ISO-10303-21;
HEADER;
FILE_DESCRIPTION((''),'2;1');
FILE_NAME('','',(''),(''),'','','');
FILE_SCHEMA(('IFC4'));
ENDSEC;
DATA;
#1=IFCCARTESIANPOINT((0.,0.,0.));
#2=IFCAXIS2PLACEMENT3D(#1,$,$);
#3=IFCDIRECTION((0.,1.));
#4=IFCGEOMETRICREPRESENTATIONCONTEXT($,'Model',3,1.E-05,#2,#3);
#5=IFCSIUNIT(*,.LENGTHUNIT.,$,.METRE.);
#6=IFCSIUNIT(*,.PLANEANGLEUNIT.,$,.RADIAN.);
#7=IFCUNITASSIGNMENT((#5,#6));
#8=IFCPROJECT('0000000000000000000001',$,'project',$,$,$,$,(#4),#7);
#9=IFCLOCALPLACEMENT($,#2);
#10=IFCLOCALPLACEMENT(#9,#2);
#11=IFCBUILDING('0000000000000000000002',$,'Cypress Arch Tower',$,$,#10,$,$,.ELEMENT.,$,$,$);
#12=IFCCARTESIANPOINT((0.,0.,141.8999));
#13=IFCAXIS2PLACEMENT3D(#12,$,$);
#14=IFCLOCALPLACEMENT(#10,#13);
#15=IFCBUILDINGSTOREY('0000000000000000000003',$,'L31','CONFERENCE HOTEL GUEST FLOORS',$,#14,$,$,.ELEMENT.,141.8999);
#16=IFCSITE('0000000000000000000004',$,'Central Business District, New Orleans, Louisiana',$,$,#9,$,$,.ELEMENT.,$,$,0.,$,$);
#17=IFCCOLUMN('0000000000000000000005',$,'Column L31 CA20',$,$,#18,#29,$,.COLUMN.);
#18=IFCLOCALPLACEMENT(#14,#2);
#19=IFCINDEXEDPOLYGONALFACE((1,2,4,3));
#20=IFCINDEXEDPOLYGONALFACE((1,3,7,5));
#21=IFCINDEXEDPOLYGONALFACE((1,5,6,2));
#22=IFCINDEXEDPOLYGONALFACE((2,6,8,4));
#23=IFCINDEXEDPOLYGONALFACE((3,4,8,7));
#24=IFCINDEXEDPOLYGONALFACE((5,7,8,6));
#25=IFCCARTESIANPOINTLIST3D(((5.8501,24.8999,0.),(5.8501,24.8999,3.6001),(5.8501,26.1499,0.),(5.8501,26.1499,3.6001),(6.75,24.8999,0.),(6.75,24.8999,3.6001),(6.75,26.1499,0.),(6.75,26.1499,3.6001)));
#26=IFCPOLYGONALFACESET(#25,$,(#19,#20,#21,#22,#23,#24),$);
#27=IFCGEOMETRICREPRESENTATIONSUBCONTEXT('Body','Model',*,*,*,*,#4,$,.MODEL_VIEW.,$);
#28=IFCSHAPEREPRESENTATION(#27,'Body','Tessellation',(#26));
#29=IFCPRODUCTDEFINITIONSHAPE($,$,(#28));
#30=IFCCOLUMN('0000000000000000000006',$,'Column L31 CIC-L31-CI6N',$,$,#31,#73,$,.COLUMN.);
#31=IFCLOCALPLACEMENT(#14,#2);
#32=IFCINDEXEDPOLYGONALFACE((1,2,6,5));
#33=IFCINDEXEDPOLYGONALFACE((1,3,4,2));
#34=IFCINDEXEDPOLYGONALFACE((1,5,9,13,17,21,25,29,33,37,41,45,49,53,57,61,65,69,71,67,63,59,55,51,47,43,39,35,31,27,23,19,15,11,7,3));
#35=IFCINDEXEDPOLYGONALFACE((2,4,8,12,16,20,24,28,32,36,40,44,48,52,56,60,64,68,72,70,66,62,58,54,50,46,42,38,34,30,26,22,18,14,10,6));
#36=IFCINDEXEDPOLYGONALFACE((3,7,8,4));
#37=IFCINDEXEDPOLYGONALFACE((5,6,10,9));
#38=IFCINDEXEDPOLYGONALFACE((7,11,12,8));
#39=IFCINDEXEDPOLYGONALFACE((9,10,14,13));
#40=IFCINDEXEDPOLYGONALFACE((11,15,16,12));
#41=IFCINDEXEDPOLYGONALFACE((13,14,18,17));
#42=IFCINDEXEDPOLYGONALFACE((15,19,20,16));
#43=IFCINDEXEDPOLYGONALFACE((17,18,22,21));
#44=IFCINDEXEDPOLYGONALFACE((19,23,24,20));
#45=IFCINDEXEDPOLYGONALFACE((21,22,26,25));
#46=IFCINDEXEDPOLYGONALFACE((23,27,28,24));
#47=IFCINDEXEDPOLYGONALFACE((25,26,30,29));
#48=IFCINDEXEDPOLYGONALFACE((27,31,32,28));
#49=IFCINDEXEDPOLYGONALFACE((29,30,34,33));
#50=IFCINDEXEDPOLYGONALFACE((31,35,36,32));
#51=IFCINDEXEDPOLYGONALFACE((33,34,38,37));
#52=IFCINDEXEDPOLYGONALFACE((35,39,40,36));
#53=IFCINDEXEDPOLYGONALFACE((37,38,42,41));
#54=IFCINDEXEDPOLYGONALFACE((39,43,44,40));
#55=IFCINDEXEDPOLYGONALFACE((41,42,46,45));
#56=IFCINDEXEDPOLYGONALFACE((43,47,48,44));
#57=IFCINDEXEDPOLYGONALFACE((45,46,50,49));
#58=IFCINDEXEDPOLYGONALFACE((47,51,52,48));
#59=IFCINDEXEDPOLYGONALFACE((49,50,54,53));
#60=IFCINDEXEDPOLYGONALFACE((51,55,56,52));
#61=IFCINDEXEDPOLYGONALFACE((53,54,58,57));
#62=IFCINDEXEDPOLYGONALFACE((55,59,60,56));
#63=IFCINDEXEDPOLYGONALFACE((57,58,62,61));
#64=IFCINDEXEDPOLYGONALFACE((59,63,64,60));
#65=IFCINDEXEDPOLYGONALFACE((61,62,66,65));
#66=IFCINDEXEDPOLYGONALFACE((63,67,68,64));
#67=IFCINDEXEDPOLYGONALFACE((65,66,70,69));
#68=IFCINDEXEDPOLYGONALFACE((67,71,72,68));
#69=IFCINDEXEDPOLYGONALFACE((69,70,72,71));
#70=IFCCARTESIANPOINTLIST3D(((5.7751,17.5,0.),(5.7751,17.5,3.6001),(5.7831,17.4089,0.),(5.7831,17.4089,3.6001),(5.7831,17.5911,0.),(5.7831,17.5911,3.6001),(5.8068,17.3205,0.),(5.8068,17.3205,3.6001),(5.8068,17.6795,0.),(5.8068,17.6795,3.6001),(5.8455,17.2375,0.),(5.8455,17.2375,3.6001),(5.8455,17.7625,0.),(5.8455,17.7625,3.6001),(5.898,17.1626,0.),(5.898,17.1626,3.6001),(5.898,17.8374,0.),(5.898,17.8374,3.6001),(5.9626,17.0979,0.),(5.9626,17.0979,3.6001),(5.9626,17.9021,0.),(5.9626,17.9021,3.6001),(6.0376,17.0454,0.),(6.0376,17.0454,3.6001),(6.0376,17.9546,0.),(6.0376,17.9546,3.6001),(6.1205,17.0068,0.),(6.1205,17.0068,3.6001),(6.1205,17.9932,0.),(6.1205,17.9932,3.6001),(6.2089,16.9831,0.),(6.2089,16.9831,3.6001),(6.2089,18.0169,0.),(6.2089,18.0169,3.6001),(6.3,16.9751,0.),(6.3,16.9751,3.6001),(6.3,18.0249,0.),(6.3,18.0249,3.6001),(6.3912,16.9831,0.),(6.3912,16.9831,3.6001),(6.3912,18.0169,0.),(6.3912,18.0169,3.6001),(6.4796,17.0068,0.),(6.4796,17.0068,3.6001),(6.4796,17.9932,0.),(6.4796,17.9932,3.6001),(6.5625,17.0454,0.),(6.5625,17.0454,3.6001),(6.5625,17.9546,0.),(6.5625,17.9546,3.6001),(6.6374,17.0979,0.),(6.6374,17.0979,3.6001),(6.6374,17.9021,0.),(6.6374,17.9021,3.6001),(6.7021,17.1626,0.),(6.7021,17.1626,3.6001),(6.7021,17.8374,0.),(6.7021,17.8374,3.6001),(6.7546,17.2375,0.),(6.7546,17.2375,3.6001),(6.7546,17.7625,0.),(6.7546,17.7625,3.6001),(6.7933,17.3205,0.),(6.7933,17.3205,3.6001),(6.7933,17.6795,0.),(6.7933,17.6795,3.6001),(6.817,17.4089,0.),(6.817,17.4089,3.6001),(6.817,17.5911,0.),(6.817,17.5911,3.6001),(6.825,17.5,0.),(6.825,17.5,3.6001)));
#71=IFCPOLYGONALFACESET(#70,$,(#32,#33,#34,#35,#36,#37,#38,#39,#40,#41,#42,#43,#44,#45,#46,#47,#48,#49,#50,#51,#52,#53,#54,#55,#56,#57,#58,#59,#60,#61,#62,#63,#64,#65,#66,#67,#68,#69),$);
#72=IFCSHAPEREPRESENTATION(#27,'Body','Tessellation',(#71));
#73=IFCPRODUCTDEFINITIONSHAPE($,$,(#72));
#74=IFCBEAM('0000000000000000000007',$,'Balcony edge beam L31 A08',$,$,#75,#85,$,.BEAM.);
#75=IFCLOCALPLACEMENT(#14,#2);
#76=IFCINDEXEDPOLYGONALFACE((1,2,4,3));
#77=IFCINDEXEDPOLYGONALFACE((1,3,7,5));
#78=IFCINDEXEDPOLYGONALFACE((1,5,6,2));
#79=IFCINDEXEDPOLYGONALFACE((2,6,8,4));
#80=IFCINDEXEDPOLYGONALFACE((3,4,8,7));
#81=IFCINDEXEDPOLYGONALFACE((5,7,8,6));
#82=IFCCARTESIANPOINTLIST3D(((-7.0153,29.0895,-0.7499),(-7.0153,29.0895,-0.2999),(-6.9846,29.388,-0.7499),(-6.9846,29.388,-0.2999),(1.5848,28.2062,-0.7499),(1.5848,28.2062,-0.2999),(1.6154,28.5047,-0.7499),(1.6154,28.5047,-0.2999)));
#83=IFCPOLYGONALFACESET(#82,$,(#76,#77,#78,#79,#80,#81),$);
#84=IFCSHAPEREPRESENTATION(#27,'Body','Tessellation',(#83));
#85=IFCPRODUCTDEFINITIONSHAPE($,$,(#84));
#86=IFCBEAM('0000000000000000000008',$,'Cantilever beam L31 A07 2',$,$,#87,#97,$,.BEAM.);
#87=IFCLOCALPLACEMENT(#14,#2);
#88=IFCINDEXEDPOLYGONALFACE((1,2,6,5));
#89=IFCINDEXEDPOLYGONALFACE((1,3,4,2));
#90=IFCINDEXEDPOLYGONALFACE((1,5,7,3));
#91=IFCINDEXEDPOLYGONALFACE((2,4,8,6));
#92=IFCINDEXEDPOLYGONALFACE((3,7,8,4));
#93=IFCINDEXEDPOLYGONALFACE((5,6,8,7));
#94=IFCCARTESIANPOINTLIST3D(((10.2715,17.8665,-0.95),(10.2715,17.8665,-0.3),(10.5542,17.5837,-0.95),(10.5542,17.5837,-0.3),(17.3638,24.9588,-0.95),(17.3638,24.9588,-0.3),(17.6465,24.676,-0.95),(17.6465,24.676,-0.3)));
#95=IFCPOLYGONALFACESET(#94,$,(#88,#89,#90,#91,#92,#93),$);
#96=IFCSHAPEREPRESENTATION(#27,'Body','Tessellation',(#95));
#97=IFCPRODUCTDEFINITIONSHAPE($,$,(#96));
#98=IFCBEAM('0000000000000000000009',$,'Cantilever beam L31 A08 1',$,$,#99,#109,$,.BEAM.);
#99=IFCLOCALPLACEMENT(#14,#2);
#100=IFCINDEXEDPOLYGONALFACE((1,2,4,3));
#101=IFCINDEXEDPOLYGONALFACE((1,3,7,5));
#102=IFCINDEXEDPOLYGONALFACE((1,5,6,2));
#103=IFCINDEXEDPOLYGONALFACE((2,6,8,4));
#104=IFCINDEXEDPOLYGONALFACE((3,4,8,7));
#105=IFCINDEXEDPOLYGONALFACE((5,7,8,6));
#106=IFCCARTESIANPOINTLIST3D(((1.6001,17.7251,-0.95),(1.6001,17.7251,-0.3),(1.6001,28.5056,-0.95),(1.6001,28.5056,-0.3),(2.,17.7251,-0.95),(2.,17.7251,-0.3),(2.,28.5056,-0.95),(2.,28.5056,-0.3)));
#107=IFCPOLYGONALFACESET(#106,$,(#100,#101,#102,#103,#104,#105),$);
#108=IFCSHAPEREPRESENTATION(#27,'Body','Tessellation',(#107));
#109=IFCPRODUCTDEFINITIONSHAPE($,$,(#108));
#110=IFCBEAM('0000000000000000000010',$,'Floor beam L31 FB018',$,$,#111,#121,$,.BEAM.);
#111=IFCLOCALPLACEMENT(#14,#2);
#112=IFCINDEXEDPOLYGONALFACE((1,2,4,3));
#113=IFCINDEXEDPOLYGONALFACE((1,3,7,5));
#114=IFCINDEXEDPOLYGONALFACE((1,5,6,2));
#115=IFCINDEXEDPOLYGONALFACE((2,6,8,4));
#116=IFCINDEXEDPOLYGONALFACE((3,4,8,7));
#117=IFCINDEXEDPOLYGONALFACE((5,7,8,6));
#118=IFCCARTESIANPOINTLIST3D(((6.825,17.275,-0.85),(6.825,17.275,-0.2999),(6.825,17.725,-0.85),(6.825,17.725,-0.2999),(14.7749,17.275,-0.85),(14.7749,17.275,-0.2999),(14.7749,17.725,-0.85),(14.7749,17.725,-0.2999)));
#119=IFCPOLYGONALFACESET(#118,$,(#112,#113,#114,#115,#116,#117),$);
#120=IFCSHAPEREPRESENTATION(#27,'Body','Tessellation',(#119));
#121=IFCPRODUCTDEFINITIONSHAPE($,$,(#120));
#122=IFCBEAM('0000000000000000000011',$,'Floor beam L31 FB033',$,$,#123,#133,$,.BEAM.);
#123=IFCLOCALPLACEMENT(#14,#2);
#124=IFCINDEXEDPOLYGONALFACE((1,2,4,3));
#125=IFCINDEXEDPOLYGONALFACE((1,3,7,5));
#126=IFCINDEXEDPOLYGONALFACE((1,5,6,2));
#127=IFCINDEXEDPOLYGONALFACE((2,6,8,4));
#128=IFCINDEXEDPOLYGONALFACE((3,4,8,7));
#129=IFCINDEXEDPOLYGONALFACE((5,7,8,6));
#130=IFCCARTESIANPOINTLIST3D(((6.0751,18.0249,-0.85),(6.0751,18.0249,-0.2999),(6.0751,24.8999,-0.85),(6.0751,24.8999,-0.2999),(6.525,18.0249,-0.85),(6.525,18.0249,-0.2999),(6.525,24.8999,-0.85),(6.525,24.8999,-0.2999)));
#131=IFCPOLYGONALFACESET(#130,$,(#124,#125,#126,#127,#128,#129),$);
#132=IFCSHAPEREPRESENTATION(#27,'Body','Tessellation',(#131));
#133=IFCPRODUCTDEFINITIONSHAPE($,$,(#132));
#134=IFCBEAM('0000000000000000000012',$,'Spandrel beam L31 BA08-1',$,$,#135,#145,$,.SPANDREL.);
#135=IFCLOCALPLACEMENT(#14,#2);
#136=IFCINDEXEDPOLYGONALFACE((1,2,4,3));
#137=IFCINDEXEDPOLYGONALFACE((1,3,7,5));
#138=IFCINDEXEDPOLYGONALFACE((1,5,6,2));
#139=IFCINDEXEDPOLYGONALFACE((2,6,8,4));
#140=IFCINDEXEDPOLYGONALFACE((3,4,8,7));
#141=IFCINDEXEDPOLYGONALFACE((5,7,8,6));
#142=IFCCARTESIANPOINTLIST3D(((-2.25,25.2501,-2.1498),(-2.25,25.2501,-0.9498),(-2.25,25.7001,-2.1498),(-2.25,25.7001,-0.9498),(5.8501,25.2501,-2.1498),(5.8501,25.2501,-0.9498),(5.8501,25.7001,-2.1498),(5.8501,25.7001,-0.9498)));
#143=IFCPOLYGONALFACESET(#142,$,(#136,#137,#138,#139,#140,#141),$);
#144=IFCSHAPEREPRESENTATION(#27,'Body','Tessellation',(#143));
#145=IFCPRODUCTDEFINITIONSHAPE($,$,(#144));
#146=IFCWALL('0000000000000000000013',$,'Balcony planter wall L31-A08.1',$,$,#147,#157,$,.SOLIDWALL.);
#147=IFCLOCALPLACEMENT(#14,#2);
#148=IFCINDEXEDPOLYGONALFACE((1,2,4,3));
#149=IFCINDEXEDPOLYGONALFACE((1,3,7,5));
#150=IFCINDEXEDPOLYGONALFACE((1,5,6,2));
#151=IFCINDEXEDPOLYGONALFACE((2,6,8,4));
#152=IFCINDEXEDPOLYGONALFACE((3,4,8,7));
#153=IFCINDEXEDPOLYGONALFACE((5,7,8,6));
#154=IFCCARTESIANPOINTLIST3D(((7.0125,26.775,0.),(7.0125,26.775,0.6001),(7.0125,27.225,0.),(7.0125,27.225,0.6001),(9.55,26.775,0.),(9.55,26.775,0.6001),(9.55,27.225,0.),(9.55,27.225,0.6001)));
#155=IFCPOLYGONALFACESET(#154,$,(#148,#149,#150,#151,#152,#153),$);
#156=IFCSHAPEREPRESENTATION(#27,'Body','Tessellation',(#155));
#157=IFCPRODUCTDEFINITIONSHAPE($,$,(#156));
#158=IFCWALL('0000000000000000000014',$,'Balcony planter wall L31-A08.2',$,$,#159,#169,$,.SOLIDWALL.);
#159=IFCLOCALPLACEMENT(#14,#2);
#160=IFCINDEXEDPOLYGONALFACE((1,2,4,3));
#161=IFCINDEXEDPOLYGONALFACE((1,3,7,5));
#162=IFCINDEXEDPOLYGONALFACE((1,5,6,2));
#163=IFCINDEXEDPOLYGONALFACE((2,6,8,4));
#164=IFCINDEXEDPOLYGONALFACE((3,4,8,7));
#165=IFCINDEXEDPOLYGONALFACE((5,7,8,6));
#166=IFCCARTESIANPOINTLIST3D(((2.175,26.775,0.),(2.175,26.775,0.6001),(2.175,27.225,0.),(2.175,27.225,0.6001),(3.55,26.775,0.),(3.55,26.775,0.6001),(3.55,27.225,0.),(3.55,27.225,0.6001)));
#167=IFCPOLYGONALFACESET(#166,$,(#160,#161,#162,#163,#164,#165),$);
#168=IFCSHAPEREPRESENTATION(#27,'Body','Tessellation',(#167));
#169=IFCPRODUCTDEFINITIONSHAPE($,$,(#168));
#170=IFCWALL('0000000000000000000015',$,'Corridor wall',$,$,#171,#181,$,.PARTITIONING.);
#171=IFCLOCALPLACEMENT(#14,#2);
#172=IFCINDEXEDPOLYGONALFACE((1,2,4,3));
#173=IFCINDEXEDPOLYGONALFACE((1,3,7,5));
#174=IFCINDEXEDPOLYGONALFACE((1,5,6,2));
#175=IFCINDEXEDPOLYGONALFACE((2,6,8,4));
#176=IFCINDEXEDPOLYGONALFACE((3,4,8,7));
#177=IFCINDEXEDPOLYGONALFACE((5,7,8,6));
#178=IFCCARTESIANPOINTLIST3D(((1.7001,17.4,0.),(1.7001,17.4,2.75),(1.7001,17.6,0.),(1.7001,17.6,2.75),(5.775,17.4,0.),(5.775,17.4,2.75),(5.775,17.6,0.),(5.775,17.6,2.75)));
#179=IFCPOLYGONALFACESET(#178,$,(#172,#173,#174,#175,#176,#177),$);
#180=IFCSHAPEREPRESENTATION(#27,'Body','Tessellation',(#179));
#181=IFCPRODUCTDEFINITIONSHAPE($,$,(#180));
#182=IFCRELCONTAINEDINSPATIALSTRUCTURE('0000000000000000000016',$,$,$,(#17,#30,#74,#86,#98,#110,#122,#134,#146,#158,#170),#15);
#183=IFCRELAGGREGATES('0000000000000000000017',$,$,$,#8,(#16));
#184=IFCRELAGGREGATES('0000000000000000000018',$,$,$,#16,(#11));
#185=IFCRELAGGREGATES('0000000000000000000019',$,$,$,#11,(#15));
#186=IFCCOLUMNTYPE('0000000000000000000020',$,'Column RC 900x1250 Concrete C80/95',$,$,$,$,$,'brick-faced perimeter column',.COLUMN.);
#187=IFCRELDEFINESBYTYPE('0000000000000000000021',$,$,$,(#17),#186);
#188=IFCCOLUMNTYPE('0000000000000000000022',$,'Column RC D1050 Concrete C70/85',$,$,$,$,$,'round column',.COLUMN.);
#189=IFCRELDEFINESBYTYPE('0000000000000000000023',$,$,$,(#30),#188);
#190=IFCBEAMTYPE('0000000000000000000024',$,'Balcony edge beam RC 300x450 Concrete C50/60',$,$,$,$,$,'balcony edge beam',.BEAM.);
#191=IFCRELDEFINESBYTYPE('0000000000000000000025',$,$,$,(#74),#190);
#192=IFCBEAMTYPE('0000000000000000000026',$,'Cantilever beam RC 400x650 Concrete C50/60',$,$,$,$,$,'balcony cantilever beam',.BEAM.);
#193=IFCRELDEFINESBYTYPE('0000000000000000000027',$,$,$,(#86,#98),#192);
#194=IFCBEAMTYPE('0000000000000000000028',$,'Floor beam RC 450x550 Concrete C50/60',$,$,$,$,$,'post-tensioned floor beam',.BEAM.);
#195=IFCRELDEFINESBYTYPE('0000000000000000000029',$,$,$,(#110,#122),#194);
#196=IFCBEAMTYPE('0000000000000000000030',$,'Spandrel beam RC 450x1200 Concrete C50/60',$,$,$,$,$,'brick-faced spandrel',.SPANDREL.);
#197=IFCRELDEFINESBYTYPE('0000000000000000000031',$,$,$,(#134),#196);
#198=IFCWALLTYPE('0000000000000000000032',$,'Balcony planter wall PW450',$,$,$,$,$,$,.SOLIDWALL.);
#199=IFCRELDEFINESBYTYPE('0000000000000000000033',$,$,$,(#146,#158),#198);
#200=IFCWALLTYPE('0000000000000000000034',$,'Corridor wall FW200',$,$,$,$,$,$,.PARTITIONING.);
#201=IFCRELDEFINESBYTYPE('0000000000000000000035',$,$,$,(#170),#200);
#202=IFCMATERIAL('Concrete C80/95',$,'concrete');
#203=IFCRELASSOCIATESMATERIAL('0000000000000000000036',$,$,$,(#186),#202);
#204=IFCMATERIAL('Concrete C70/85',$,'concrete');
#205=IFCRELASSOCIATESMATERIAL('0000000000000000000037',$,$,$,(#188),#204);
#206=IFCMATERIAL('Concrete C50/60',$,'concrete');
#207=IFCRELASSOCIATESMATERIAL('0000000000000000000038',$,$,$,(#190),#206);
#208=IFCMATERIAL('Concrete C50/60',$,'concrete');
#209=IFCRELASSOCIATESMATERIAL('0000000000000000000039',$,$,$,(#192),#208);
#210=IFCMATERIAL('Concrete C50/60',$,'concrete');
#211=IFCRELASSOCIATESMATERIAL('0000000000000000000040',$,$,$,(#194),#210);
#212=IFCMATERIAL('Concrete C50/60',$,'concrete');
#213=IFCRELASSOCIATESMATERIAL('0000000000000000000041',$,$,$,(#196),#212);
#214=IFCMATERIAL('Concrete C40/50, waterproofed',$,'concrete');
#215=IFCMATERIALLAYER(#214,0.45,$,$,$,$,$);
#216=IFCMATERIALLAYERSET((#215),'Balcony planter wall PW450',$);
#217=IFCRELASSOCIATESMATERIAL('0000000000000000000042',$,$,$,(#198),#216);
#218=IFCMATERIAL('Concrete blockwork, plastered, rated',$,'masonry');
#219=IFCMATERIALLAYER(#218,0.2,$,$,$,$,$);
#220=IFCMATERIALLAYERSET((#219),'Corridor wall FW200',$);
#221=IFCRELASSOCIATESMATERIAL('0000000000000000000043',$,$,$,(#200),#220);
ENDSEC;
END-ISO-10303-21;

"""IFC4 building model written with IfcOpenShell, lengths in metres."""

from ifc_helpers import new_model, si_unit, direction, frame, frame_2d, origin, origin_2d, place, context, subcontext, project, spatial, rectangle, circle, extrude, material, layer, layer_set, material_profile, profile_set, type_object, element, save


model = new_model("IFC4")

# Units and contexts
model_context = context("Model", 3, precision=1e-05, world=origin(), true_north=direction((0.0, 1.0)))
body_context = subcontext(model_context, "Body", "Model", "MODEL_VIEW")
ifc_project = project(units=[si_unit("LENGTHUNIT", "METRE"), si_unit("PLANEANGLEUNIT", "RADIAN")], contexts=[model_context])

# Site, building, storey
site_placement = place(None, origin())
site = spatial("IfcSite", under=ifc_project, at=site_placement, Name="Central Business District, New Orleans, Louisiana", CompositionType="ELEMENT", RefElevation=0.0)
building_placement = place(site_placement, origin())
building = spatial("IfcBuilding", under=site, at=building_placement, Name="Cypress Arch Tower", CompositionType="ELEMENT")
storey_placement = place(building_placement, frame((0.0, 0.0, 141.8999)))
storey = spatial("IfcBuildingStorey", under=building, at=storey_placement, Name="L31", Description="CONFERENCE HOTEL GUEST FLOORS", CompositionType="ELEMENT", Elevation=141.8999)

# Columns
ifc_material_1 = material(Name="Concrete C80/95", Category="concrete")
ifc_material_profile_1 = material_profile(ifc_material_1, rectangle(XDim=0.8999, YDim=1.25, at=origin_2d()), Name="RC 900x1250")
ifc_profile_set_1 = profile_set([ifc_material_profile_1], Name="Concrete C80/95")
column_type_1 = type_object("IfcColumnType", Name="Column RC 900x1250 Concrete C80/95", ElementType="brick-faced perimeter column", PredefinedType="COLUMN", material=ifc_profile_set_1)
column_1_placement = place(storey_placement, frame((6.3, 25.5249, 0.0), z_axis=(0.0, 0.0, 1.0), x_axis=(-1.0, 0.0, 0.0)))
element("IfcColumn", 1, at=column_1_placement, inside=storey, type_object=column_type_1, Name="Column L31 CA20", PredefinedType="COLUMN", context=body_context, shape_type="SweptSolid", body=[
    extrude(rectangle(XDim=0.8999, YDim=1.25, at=origin_2d()), origin(), (0.0, 0.0, 1.0), 3.6001),
])
ifc_material_2 = material(Name="Concrete C70/85", Category="concrete")
ifc_material_profile_2 = material_profile(ifc_material_2, circle(Radius=0.5249, at=origin_2d()), Name="RC D1050")
ifc_profile_set_2 = profile_set([ifc_material_profile_2], Name="Concrete C70/85")
column_type_2 = type_object("IfcColumnType", Name="Column RC D1050 Concrete C70/85", ElementType="round column", PredefinedType="COLUMN", material=ifc_profile_set_2)
column_2_placement = place(storey_placement, frame((6.3, 17.5, 0.0), z_axis=(0.0, 0.0, 1.0), x_axis=(1.0, 0.0, 0.0)))
element("IfcColumn", 2, at=column_2_placement, inside=storey, type_object=column_type_2, Name="Column L31 CIC-L31-CI6N", PredefinedType="COLUMN", context=body_context, shape_type="SweptSolid", body=[
    extrude(circle(Radius=0.5249, at=origin_2d()), origin(), (0.0, 0.0, 1.0), 3.6001),
])

# Beams
ifc_material_3 = material(Name="Concrete C50/60", Category="concrete")
ifc_material_profile_3 = material_profile(ifc_material_3, rectangle(XDim=0.3, YDim=0.45, at=origin_2d()), Name="RC 300x450")
ifc_profile_set_3 = profile_set([ifc_material_profile_3], Name="Concrete C50/60")
beam_type_1 = type_object("IfcBeamType", Name="Balcony edge beam RC 300x450 Concrete C50/60", ElementType="balcony edge beam", PredefinedType="BEAM", material=ifc_profile_set_3)
beam_1_placement = place(storey_placement, frame((1.6001, 28.3555, -0.5249), z_axis=(-0.994767, 0.102171, 0.0), x_axis=(-0.102171, -0.994767, 0.0)))
element("IfcBeam", 3, at=beam_1_placement, inside=storey, type_object=beam_type_1, Name="Balcony edge beam L31 A08", PredefinedType="BEAM", context=body_context, shape_type="SweptSolid", body=[
    extrude(rectangle(XDim=0.3, YDim=0.45, at=origin_2d()), origin(), (0.0, 0.0, 1.0), 8.6453),
])
ifc_material_4 = material(Name="Concrete C50/60", Category="concrete")
ifc_material_profile_4 = material_profile(ifc_material_4, rectangle(XDim=0.3999, YDim=0.6499, at=origin_2d()), Name="RC 400x650")
ifc_profile_set_4 = profile_set([ifc_material_profile_4], Name="Concrete C50/60")
beam_type_2 = type_object("IfcBeamType", Name="Cantilever beam RC 400x650 Concrete C50/60", ElementType="balcony cantilever beam", PredefinedType="BEAM", material=ifc_profile_set_4)
beam_2_placement = place(storey_placement, frame((10.4128, 17.7251, -0.625), z_axis=(0.707107, 0.707107, 0.0), x_axis=(-0.707107, 0.707107, 0.0)))
element("IfcBeam", 4, at=beam_2_placement, inside=storey, type_object=beam_type_2, Name="Cantilever beam L31 A07 2", PredefinedType="BEAM", context=body_context, shape_type="SweptSolid", body=[
    extrude(rectangle(XDim=0.3999, YDim=0.6499, at=origin_2d()), origin(), (0.0, 0.0, 1.0), 10.03),
])
beam_3_placement = place(storey_placement, frame((1.8, 17.7251, -0.625), z_axis=(0.0, 1.0, 0.0), x_axis=(-1.0, 0.0, 0.0)))
element("IfcBeam", 5, at=beam_3_placement, inside=storey, type_object=beam_type_2, Name="Cantilever beam L31 A08 1", PredefinedType="BEAM", context=body_context, shape_type="SweptSolid", body=[
    extrude(rectangle(XDim=0.3999, YDim=0.6499, at=origin_2d()), origin(), (0.0, 0.0, 1.0), 10.7805),
])
ifc_material_5 = material(Name="Concrete C50/60", Category="concrete")
ifc_material_profile_5 = material_profile(ifc_material_5, rectangle(XDim=0.45, YDim=0.55, at=origin_2d()), Name="RC 450x550")
ifc_profile_set_5 = profile_set([ifc_material_profile_5], Name="Concrete C50/60")
beam_type_3 = type_object("IfcBeamType", Name="Floor beam RC 450x550 Concrete C50/60", ElementType="post-tensioned floor beam", PredefinedType="BEAM", material=ifc_profile_set_5)
beam_4_placement = place(storey_placement, frame((6.825, 17.5, -0.575), z_axis=(1.0, 0.0, 0.0), x_axis=(0.0, 1.0, 0.0)))
element("IfcBeam", 6, at=beam_4_placement, inside=storey, type_object=beam_type_3, Name="Floor beam L31 FB018", PredefinedType="BEAM", context=body_context, shape_type="SweptSolid", body=[
    extrude(rectangle(XDim=0.45, YDim=0.55, at=origin_2d()), origin(), (0.0, 0.0, 1.0), 7.95),
])
beam_5_placement = place(storey_placement, frame((6.3, 18.0249, -0.575), z_axis=(0.0, 1.0, 0.0), x_axis=(-1.0, 0.0, 0.0)))
element("IfcBeam", 7, at=beam_5_placement, inside=storey, type_object=beam_type_3, Name="Floor beam L31 FB033", PredefinedType="BEAM", context=body_context, shape_type="SweptSolid", body=[
    extrude(rectangle(XDim=0.45, YDim=0.55, at=origin_2d()), origin(), (0.0, 0.0, 1.0), 6.875),
])
ifc_material_6 = material(Name="Concrete C50/60", Category="concrete")
ifc_material_profile_6 = material_profile(ifc_material_6, rectangle(XDim=0.45, YDim=1.2, at=origin_2d()), Name="RC 450x1200")
ifc_profile_set_6 = profile_set([ifc_material_profile_6], Name="Concrete C50/60")
beam_type_4 = type_object("IfcBeamType", Name="Spandrel beam RC 450x1200 Concrete C50/60", ElementType="brick-faced spandrel", PredefinedType="SPANDREL", material=ifc_profile_set_6)
beam_6_placement = place(storey_placement, frame((5.8501, 25.4751, -1.5498), z_axis=(-1.0, 0.0, 0.0), x_axis=(0.0, -1.0, 0.0)))
element("IfcBeam", 8, at=beam_6_placement, inside=storey, type_object=beam_type_4, Name="Spandrel beam L31 BA08-1", PredefinedType="SPANDREL", context=body_context, shape_type="SweptSolid", body=[
    extrude(rectangle(XDim=0.45, YDim=1.2, at=origin_2d()), origin(), (0.0, 0.0, 1.0), 8.1001),
])

# Walls
ifc_material_7 = material(Name="Concrete C40/50, waterproofed", Category="concrete")
ifc_layer_1 = layer(ifc_material_7, 0.45)
ifc_layer_set_1 = layer_set([ifc_layer_1], Name="Balcony planter wall PW450")
wall_type_1 = type_object("IfcWallType", Name="Balcony planter wall PW450", PredefinedType="SOLIDWALL", material=ifc_layer_set_1)
wall_1_placement = place(storey_placement, frame((9.55, 27.0, 0.0), z_axis=(0.0, 0.0, 1.0), x_axis=(-1.0, 0.0, 0.0)))
element("IfcWall", 9, at=wall_1_placement, inside=storey, type_object=wall_type_1, Name="Balcony planter wall L31-A08.1", PredefinedType="SOLIDWALL", context=body_context, shape_type="SweptSolid", body=[
    extrude(rectangle(XDim=2.5376, YDim=0.45, at=frame_2d((1.2688, 0.0))), origin(), (0.0, 0.0, 1.0), 0.6001),
])
wall_2_placement = place(storey_placement, frame((3.55, 27.0, 0.0), z_axis=(0.0, 0.0, 1.0), x_axis=(-1.0, 0.0, 0.0)))
element("IfcWall", 10, at=wall_2_placement, inside=storey, type_object=wall_type_1, Name="Balcony planter wall L31-A08.2", PredefinedType="SOLIDWALL", context=body_context, shape_type="SweptSolid", body=[
    extrude(rectangle(XDim=1.375, YDim=0.45, at=frame_2d((0.6875, 0.0))), origin(), (0.0, 0.0, 1.0), 0.6001),
])

# Shared definitions
ifc_material_8 = material(Name="Concrete blockwork, plastered, rated", Category="masonry")
ifc_layer_2 = layer(ifc_material_8, 0.2)
ifc_layer_set_2 = layer_set([ifc_layer_2], Name="Corridor wall FW200")
wall_type_2 = type_object("IfcWallType", Name="Corridor wall FW200", PredefinedType="PARTITIONING", material=ifc_layer_set_2)

# Wall
wall_3_placement = place(storey_placement, frame((1.7, 17.5, 0.0), z_axis=(0.0, 0.0, 1.0), x_axis=(1.0, 0.0, 0.0)))
element("IfcWall", 11, at=wall_3_placement, inside=storey, type_object=wall_type_2, Name="Corridor wall", PredefinedType="PARTITIONING", context=body_context, shape_type="SweptSolid", body=[
    extrude(rectangle(XDim=4.075, YDim=0.2, at=frame_2d((2.0376, 0.0))), origin(), (0.0, 0.0, 1.0), 2.75),
])

save(model, "model.ifc")
